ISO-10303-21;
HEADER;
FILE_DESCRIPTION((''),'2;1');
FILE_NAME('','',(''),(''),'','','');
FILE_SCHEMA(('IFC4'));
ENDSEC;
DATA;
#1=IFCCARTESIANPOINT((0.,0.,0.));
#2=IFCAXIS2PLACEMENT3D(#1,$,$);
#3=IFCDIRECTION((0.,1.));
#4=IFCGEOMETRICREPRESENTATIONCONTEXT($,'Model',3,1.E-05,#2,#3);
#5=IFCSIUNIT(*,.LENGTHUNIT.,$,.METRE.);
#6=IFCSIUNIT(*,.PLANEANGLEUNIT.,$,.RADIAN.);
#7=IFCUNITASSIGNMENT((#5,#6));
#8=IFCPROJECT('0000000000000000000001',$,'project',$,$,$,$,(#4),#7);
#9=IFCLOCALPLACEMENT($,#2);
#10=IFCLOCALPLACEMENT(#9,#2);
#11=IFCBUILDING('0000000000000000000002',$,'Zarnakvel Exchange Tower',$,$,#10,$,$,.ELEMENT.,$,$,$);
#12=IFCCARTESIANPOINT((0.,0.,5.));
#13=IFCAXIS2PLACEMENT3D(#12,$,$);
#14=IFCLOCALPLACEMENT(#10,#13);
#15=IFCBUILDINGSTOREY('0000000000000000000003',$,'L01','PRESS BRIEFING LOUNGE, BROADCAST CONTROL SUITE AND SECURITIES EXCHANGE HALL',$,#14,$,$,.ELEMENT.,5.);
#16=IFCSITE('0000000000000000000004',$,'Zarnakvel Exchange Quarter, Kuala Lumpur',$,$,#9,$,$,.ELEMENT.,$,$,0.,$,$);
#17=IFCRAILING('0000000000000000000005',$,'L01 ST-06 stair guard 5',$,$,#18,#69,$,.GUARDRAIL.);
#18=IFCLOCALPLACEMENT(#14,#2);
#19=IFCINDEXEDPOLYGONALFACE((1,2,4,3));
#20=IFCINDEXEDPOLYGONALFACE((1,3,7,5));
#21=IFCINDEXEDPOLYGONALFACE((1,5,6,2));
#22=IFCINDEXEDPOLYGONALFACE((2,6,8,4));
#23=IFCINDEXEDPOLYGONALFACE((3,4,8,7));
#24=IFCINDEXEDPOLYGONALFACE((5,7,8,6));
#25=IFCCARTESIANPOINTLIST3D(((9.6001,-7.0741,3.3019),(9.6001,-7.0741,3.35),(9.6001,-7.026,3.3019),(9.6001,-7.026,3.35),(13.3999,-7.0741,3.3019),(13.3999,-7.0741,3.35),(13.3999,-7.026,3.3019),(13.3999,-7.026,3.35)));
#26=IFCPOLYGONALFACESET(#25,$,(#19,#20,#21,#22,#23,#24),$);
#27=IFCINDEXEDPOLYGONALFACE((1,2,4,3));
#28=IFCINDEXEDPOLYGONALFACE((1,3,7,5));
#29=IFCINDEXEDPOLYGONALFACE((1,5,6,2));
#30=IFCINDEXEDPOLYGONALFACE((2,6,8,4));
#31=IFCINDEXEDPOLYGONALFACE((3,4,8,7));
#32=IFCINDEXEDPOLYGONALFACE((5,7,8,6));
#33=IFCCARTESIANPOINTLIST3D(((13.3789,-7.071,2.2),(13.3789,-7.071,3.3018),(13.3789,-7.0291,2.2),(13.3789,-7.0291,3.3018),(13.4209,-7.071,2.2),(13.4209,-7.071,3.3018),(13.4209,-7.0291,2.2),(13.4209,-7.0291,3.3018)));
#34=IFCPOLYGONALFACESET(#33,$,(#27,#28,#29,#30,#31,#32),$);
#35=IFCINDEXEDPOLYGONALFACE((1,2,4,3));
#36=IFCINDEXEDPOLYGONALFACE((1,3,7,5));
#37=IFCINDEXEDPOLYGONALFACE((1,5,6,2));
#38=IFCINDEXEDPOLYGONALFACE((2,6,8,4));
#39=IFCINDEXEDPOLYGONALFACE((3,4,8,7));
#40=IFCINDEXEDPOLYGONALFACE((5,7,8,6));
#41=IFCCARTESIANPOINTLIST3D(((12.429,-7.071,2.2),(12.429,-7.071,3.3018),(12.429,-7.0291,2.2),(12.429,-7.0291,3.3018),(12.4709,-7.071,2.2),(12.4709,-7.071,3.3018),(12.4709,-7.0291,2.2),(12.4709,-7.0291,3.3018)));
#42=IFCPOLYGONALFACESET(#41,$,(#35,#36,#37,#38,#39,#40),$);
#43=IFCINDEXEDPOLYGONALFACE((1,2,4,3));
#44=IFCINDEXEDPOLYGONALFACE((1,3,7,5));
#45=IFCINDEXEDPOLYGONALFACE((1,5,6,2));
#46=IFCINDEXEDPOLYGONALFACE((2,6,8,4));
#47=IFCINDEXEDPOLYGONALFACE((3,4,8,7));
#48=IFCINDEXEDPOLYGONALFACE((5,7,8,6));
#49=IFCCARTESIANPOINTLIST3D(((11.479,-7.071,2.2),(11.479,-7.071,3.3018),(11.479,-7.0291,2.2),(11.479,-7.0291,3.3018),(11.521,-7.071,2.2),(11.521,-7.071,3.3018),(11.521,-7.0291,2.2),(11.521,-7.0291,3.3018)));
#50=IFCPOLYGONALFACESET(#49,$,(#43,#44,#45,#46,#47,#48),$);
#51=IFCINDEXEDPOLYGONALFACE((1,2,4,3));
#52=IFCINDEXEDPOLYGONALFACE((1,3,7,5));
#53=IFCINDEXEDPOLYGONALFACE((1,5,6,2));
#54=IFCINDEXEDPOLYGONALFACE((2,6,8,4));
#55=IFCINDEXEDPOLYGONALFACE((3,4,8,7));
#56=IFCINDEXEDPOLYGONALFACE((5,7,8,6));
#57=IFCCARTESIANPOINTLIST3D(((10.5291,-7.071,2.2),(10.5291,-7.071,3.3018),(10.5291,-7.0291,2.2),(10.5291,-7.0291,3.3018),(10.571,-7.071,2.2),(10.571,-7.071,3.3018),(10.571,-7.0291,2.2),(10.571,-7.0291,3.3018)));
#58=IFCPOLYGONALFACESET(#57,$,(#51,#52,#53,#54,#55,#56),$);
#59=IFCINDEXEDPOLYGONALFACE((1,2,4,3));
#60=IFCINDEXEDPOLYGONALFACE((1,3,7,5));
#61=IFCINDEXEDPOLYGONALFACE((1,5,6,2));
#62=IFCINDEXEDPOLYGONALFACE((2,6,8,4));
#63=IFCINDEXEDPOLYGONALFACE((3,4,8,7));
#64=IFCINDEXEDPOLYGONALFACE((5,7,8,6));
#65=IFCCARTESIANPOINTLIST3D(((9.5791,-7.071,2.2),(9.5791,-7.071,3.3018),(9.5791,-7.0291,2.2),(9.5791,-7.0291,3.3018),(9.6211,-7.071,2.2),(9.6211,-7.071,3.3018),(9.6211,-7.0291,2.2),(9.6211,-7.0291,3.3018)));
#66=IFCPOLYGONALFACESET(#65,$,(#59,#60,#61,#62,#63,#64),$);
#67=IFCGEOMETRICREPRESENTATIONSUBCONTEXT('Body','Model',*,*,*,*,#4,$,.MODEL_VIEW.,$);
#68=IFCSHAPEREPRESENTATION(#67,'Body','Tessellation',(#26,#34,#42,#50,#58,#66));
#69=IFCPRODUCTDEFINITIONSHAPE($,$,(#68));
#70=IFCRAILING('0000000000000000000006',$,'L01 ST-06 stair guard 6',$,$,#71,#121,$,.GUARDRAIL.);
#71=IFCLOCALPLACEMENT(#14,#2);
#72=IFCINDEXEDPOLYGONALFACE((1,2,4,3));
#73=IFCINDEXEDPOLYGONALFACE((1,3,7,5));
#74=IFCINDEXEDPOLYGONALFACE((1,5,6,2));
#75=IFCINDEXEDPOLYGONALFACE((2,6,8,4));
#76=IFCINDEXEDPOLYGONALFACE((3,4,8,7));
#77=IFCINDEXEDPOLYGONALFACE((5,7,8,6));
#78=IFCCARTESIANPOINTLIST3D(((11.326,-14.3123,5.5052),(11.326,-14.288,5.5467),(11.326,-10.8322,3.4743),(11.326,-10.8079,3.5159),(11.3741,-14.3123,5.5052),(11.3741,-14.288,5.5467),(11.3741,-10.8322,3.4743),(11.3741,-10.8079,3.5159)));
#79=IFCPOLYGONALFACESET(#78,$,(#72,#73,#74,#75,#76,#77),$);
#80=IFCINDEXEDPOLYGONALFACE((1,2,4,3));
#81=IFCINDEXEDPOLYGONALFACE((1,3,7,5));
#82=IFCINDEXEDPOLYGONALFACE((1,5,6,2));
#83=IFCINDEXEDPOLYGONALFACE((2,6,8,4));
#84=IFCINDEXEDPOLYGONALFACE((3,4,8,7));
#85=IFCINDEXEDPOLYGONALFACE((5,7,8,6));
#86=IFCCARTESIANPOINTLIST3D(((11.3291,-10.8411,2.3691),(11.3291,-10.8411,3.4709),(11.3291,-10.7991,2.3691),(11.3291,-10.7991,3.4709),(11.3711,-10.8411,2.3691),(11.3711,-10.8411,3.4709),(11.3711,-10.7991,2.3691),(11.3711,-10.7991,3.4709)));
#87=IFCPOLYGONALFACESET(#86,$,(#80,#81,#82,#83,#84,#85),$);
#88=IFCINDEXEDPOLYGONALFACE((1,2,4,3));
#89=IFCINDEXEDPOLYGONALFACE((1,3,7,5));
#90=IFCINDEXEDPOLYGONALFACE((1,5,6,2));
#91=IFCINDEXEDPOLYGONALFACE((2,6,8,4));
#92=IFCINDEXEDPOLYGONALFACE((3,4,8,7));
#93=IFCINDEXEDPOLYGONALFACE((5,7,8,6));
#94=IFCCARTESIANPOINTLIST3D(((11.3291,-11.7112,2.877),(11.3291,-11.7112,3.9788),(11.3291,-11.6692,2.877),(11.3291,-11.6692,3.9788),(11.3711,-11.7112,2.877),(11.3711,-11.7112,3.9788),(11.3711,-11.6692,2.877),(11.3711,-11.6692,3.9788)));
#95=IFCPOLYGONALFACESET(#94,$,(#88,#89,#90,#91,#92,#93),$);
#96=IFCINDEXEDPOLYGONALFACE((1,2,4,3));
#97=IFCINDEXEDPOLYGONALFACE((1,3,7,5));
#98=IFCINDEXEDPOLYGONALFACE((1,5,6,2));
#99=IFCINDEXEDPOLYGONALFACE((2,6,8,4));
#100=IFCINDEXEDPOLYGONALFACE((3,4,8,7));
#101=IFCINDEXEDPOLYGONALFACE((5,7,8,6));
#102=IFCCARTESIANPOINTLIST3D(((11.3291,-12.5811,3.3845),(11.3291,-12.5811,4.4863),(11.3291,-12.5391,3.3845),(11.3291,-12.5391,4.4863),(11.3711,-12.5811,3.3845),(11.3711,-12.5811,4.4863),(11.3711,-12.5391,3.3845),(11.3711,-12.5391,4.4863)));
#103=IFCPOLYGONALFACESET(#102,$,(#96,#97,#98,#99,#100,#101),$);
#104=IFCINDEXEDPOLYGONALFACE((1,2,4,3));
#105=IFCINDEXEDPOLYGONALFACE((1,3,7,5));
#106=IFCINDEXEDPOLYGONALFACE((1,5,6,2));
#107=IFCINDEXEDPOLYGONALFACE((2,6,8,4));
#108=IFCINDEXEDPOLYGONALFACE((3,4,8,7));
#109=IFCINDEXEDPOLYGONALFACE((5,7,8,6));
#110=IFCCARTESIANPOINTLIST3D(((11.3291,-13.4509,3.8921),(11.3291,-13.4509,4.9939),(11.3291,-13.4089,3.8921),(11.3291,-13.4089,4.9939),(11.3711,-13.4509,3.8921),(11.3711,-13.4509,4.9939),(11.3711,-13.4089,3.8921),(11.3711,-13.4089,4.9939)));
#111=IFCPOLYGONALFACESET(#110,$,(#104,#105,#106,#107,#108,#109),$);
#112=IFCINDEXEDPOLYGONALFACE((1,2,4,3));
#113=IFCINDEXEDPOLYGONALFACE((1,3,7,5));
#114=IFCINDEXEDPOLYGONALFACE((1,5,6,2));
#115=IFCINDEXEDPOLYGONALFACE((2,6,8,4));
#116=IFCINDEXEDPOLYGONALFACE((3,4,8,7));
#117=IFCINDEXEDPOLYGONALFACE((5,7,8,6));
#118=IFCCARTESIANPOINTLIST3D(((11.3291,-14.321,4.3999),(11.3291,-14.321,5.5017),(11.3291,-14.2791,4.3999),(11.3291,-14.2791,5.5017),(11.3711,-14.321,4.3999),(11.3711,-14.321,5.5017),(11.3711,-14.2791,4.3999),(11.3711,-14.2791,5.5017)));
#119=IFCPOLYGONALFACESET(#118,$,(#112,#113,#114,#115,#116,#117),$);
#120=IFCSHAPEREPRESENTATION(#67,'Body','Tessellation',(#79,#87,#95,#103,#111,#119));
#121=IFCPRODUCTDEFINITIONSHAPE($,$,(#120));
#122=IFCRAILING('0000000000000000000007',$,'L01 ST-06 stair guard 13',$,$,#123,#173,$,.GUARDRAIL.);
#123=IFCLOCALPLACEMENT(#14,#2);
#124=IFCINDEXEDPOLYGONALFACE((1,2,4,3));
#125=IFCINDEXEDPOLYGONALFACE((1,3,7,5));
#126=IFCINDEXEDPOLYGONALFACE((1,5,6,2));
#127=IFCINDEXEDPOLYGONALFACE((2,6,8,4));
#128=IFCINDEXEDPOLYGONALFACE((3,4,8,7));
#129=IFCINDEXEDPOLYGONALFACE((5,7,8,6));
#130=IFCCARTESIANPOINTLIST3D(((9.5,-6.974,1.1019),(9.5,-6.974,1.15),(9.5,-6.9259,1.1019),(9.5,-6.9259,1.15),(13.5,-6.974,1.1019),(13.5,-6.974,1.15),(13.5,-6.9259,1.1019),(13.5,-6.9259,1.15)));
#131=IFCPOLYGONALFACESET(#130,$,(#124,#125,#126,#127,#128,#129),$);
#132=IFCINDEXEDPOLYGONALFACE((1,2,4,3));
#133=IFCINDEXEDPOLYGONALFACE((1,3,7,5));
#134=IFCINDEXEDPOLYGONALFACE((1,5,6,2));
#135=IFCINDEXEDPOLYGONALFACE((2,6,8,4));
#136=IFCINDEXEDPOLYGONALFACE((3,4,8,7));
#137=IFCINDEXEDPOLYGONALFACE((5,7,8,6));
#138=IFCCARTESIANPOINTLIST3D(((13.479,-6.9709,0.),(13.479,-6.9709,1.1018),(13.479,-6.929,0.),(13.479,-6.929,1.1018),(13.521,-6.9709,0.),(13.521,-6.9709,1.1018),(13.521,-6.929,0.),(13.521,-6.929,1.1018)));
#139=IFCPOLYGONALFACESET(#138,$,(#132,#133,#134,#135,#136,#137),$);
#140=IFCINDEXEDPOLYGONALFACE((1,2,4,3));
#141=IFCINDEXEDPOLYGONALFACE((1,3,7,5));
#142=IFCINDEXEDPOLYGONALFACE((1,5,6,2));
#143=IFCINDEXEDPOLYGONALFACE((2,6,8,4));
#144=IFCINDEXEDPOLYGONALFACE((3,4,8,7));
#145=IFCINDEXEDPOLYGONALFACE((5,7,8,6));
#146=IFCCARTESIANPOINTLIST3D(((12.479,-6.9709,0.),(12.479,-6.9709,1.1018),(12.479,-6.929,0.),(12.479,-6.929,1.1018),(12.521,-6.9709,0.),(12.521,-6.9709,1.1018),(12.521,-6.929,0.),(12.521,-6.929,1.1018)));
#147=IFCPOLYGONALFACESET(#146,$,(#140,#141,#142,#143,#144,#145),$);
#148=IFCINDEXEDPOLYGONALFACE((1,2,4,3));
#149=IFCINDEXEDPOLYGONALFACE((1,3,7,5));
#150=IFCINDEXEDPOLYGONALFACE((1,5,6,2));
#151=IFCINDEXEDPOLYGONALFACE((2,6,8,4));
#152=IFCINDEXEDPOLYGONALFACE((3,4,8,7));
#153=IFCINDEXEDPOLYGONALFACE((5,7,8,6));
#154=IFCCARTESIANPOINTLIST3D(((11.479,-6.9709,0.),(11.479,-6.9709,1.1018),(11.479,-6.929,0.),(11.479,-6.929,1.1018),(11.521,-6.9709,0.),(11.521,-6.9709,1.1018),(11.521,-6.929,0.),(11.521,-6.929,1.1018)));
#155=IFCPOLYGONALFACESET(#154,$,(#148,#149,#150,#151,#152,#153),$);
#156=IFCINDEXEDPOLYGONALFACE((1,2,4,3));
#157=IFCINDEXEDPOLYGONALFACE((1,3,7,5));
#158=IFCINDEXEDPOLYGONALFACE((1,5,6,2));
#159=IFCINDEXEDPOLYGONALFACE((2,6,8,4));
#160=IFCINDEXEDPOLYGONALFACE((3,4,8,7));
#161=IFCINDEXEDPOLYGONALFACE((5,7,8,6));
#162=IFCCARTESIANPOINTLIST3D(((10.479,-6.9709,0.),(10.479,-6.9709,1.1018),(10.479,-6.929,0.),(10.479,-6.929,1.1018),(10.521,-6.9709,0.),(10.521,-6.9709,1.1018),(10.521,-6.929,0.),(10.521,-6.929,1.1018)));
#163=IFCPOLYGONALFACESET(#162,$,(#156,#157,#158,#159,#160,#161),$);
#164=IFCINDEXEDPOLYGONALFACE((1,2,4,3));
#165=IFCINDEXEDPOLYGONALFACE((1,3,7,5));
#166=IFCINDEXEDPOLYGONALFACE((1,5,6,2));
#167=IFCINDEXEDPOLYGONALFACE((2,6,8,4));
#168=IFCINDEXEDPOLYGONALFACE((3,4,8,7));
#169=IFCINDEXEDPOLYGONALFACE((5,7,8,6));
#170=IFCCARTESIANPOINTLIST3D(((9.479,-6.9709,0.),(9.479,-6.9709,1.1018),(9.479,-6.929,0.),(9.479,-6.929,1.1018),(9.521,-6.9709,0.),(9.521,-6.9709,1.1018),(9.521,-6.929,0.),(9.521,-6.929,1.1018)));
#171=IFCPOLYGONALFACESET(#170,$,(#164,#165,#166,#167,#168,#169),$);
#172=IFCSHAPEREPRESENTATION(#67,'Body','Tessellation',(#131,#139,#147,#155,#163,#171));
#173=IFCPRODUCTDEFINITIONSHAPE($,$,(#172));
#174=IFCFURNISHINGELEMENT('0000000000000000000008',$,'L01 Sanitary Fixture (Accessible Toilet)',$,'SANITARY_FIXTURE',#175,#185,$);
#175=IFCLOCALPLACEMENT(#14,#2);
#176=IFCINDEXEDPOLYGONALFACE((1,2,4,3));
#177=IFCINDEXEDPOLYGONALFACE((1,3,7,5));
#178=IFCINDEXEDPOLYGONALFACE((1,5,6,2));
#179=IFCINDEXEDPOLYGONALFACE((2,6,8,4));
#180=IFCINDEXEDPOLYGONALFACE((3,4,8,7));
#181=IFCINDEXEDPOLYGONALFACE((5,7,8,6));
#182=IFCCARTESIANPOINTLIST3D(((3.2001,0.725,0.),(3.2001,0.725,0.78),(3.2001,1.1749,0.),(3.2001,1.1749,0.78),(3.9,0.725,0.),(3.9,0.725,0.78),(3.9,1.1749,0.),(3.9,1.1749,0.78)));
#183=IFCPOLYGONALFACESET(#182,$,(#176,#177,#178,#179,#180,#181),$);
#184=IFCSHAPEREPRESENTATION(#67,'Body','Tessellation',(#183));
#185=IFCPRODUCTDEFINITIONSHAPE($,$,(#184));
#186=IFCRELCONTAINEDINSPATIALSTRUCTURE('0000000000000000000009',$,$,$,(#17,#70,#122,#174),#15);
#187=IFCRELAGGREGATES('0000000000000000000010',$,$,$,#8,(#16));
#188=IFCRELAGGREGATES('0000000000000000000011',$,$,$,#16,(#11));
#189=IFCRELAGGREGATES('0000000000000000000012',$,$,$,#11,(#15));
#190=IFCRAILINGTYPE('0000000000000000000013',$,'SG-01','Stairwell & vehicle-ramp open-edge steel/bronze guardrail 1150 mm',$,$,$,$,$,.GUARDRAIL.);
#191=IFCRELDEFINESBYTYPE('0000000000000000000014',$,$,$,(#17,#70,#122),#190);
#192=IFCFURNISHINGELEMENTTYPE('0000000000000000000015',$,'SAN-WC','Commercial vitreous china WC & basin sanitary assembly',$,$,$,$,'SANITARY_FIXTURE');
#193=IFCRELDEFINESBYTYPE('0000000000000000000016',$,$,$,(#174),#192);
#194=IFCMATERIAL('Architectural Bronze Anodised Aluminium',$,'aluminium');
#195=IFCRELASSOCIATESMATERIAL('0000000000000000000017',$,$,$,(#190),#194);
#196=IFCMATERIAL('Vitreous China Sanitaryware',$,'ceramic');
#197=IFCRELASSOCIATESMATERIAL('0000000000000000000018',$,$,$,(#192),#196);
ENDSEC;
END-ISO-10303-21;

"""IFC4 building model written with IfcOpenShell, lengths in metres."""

from ifc_helpers import new_model, si_unit, direction, frame, origin, origin_2d, place, context, subcontext, project, spatial, rectangle, extrude, source, transform, mapped, material, type_object, element, save


model = new_model("IFC4")

# Units and contexts
model_context = context("Model", 3, precision=1e-05, world=origin(), true_north=direction((0.0, 1.0)))
body_context = subcontext(model_context, "Body", "Model", "MODEL_VIEW")
ifc_project = project(units=[si_unit("LENGTHUNIT", "METRE"), si_unit("PLANEANGLEUNIT", "RADIAN")], contexts=[model_context])

# Site, building, storey
site_placement = place(None, origin())
site = spatial("IfcSite", under=ifc_project, at=site_placement, Name="Zarnakvel Exchange Quarter, Kuala Lumpur", CompositionType="ELEMENT", RefElevation=0.0)
building_placement = place(site_placement, origin())
building = spatial("IfcBuilding", under=site, at=building_placement, Name="Zarnakvel Exchange Tower", CompositionType="ELEMENT")
storey_placement = place(building_placement, frame((0.0, 0.0, 5.0)))
storey = spatial("IfcBuildingStorey", under=building, at=storey_placement, Name="L01", Description="PRESS BRIEFING LOUNGE, BROADCAST CONTROL SUITE AND SECURITIES EXCHANGE HALL", CompositionType="ELEMENT", Elevation=5.0)

# Railings
ifc_material_1 = material(Name="Architectural Bronze Anodised Aluminium", Category="aluminium")
railing_type_1 = type_object("IfcRailingType", Name="SG-01", Description="Stairwell & vehicle-ramp open-edge steel/bronze guardrail 1150 mm", PredefinedType="GUARDRAIL", material=ifc_material_1)
railing_1_placement = place(storey_placement, frame((13.3999, -7.05, 2.2)))
element("IfcRailing", 1, at=railing_1_placement, inside=storey, type_object=railing_type_1, Name="L01 ST-06 stair guard 5", PredefinedType="GUARDRAIL", context=body_context, shape_type="SweptSolid", body=[
    extrude(rectangle(XDim=0.0481, YDim=0.0481, at=origin_2d()), frame((0.0, 0.0, 1.126), z_axis=(-1.0, 0.0, 0.0), x_axis=(0.0, -1.0, 0.0)), (0.0, 0.0, 1.0), 3.7998),
    extrude(rectangle(XDim=0.042, YDim=0.042, at=origin_2d()), origin(), (0.0, 0.0, 1.0), 1.1018),
    extrude(rectangle(XDim=0.042, YDim=0.042, at=origin_2d()), frame((-0.95, 0.0, 0.0)), (0.0, 0.0, 1.0), 1.1018),
    extrude(rectangle(XDim=0.042, YDim=0.042, at=origin_2d()), frame((-1.8999, 0.0, 0.0)), (0.0, 0.0, 1.0), 1.1018),
    extrude(rectangle(XDim=0.042, YDim=0.042, at=origin_2d()), frame((-2.8499, 0.0, 0.0)), (0.0, 0.0, 1.0), 1.1018),
    extrude(rectangle(XDim=0.042, YDim=0.042, at=origin_2d()), frame((-3.7998, 0.0, 0.0)), (0.0, 0.0, 1.0), 1.1018),
])
railing_2_placement = place(storey_placement, frame((11.3501, -10.8201, 2.3691)))
element("IfcRailing", 2, at=railing_2_placement, inside=storey, type_object=railing_type_1, Name="L01 ST-06 stair guard 6", PredefinedType="GUARDRAIL", context=body_context, shape_type="SweptSolid", body=[
    extrude(rectangle(XDim=0.0481, YDim=0.0481, at=origin_2d()), frame((0.0, 0.0, 1.126), z_axis=(0.0, -0.863695, 0.504014), x_axis=(1.0, 0.0, 0.0)), (0.0, 0.0, 1.0), 4.0293),
    extrude(rectangle(XDim=0.042, YDim=0.042, at=origin_2d()), origin(), (0.0, 0.0, 1.0), 1.1018),
    extrude(rectangle(XDim=0.042, YDim=0.042, at=origin_2d()), frame((0.0, -0.8701, 0.5078)), (0.0, 0.0, 1.0), 1.1018),
    extrude(rectangle(XDim=0.042, YDim=0.042, at=origin_2d()), frame((0.0, -1.74, 1.0154)), (0.0, 0.0, 1.0), 1.1018),
    extrude(rectangle(XDim=0.042, YDim=0.042, at=origin_2d()), frame((0.0, -2.6099, 1.5229)), (0.0, 0.0, 1.0), 1.1018),
    extrude(rectangle(XDim=0.042, YDim=0.042, at=origin_2d()), frame((0.0, -3.48, 2.0308)), (0.0, 0.0, 1.0), 1.1018),
])
railing_3_placement = place(storey_placement, frame((13.5, -6.95, 0.0)))
element("IfcRailing", 3, at=railing_3_placement, inside=storey, type_object=railing_type_1, Name="L01 ST-06 stair guard 13", PredefinedType="GUARDRAIL", context=body_context, shape_type="SweptSolid", body=[
    extrude(rectangle(XDim=0.0481, YDim=0.0481, at=origin_2d()), frame((0.0, 0.0, 1.126), z_axis=(-1.0, 0.0, 0.0), x_axis=(0.0, -1.0, 0.0)), (0.0, 0.0, 1.0), 4.0),
    extrude(rectangle(XDim=0.042, YDim=0.042, at=origin_2d()), origin(), (0.0, 0.0, 1.0), 1.1018),
    extrude(rectangle(XDim=0.042, YDim=0.042, at=origin_2d()), frame((-1.0, 0.0, 0.0)), (0.0, 0.0, 1.0), 1.1018),
    extrude(rectangle(XDim=0.042, YDim=0.042, at=origin_2d()), frame((-2.0, 0.0, 0.0)), (0.0, 0.0, 1.0), 1.1018),
    extrude(rectangle(XDim=0.042, YDim=0.042, at=origin_2d()), frame((-3.0, 0.0, 0.0)), (0.0, 0.0, 1.0), 1.1018),
    extrude(rectangle(XDim=0.042, YDim=0.042, at=origin_2d()), frame((-4.0, 0.0, 0.0)), (0.0, 0.0, 1.0), 1.1018),
])

# Furnishing element
ifc_material_2 = material(Name="Vitreous China Sanitaryware", Category="ceramic")
furnishing_element_type = type_object("IfcFurnishingElementType", Name="SAN-WC", Description="Commercial vitreous china WC & basin sanitary assembly", ElementType="SANITARY_FIXTURE", material=ifc_material_2)
shared_shape_1 = source(origin(), body_context, "Body", "SweptSolid", [
    extrude(rectangle(XDim=0.7, YDim=0.45, at=origin_2d()), origin(), (0.0, 0.0, 1.0), 0.78),
])
furnishing_placement = place(storey_placement, frame((3.55, 0.95, 0.0), z_axis=(0.0, 0.0, 1.0), x_axis=(1.0, 0.0, 0.0)))
element("IfcFurnishingElement", 4, at=furnishing_placement, inside=storey, type_object=furnishing_element_type, Name="L01 Sanitary Fixture (Accessible Toilet)", ObjectType="SANITARY_FIXTURE", context=body_context, shape_type="MappedRepresentation", body=[
    mapped(shared_shape_1, transform((0.0, 0.0, 0.0), x_axis=(1.0, 0.0, 0.0), y_axis=(0.0, 1.0, 0.0), z_axis=(0.0, 0.0, 1.0), scale=1.0)),
])

save(model, "model.ifc")
